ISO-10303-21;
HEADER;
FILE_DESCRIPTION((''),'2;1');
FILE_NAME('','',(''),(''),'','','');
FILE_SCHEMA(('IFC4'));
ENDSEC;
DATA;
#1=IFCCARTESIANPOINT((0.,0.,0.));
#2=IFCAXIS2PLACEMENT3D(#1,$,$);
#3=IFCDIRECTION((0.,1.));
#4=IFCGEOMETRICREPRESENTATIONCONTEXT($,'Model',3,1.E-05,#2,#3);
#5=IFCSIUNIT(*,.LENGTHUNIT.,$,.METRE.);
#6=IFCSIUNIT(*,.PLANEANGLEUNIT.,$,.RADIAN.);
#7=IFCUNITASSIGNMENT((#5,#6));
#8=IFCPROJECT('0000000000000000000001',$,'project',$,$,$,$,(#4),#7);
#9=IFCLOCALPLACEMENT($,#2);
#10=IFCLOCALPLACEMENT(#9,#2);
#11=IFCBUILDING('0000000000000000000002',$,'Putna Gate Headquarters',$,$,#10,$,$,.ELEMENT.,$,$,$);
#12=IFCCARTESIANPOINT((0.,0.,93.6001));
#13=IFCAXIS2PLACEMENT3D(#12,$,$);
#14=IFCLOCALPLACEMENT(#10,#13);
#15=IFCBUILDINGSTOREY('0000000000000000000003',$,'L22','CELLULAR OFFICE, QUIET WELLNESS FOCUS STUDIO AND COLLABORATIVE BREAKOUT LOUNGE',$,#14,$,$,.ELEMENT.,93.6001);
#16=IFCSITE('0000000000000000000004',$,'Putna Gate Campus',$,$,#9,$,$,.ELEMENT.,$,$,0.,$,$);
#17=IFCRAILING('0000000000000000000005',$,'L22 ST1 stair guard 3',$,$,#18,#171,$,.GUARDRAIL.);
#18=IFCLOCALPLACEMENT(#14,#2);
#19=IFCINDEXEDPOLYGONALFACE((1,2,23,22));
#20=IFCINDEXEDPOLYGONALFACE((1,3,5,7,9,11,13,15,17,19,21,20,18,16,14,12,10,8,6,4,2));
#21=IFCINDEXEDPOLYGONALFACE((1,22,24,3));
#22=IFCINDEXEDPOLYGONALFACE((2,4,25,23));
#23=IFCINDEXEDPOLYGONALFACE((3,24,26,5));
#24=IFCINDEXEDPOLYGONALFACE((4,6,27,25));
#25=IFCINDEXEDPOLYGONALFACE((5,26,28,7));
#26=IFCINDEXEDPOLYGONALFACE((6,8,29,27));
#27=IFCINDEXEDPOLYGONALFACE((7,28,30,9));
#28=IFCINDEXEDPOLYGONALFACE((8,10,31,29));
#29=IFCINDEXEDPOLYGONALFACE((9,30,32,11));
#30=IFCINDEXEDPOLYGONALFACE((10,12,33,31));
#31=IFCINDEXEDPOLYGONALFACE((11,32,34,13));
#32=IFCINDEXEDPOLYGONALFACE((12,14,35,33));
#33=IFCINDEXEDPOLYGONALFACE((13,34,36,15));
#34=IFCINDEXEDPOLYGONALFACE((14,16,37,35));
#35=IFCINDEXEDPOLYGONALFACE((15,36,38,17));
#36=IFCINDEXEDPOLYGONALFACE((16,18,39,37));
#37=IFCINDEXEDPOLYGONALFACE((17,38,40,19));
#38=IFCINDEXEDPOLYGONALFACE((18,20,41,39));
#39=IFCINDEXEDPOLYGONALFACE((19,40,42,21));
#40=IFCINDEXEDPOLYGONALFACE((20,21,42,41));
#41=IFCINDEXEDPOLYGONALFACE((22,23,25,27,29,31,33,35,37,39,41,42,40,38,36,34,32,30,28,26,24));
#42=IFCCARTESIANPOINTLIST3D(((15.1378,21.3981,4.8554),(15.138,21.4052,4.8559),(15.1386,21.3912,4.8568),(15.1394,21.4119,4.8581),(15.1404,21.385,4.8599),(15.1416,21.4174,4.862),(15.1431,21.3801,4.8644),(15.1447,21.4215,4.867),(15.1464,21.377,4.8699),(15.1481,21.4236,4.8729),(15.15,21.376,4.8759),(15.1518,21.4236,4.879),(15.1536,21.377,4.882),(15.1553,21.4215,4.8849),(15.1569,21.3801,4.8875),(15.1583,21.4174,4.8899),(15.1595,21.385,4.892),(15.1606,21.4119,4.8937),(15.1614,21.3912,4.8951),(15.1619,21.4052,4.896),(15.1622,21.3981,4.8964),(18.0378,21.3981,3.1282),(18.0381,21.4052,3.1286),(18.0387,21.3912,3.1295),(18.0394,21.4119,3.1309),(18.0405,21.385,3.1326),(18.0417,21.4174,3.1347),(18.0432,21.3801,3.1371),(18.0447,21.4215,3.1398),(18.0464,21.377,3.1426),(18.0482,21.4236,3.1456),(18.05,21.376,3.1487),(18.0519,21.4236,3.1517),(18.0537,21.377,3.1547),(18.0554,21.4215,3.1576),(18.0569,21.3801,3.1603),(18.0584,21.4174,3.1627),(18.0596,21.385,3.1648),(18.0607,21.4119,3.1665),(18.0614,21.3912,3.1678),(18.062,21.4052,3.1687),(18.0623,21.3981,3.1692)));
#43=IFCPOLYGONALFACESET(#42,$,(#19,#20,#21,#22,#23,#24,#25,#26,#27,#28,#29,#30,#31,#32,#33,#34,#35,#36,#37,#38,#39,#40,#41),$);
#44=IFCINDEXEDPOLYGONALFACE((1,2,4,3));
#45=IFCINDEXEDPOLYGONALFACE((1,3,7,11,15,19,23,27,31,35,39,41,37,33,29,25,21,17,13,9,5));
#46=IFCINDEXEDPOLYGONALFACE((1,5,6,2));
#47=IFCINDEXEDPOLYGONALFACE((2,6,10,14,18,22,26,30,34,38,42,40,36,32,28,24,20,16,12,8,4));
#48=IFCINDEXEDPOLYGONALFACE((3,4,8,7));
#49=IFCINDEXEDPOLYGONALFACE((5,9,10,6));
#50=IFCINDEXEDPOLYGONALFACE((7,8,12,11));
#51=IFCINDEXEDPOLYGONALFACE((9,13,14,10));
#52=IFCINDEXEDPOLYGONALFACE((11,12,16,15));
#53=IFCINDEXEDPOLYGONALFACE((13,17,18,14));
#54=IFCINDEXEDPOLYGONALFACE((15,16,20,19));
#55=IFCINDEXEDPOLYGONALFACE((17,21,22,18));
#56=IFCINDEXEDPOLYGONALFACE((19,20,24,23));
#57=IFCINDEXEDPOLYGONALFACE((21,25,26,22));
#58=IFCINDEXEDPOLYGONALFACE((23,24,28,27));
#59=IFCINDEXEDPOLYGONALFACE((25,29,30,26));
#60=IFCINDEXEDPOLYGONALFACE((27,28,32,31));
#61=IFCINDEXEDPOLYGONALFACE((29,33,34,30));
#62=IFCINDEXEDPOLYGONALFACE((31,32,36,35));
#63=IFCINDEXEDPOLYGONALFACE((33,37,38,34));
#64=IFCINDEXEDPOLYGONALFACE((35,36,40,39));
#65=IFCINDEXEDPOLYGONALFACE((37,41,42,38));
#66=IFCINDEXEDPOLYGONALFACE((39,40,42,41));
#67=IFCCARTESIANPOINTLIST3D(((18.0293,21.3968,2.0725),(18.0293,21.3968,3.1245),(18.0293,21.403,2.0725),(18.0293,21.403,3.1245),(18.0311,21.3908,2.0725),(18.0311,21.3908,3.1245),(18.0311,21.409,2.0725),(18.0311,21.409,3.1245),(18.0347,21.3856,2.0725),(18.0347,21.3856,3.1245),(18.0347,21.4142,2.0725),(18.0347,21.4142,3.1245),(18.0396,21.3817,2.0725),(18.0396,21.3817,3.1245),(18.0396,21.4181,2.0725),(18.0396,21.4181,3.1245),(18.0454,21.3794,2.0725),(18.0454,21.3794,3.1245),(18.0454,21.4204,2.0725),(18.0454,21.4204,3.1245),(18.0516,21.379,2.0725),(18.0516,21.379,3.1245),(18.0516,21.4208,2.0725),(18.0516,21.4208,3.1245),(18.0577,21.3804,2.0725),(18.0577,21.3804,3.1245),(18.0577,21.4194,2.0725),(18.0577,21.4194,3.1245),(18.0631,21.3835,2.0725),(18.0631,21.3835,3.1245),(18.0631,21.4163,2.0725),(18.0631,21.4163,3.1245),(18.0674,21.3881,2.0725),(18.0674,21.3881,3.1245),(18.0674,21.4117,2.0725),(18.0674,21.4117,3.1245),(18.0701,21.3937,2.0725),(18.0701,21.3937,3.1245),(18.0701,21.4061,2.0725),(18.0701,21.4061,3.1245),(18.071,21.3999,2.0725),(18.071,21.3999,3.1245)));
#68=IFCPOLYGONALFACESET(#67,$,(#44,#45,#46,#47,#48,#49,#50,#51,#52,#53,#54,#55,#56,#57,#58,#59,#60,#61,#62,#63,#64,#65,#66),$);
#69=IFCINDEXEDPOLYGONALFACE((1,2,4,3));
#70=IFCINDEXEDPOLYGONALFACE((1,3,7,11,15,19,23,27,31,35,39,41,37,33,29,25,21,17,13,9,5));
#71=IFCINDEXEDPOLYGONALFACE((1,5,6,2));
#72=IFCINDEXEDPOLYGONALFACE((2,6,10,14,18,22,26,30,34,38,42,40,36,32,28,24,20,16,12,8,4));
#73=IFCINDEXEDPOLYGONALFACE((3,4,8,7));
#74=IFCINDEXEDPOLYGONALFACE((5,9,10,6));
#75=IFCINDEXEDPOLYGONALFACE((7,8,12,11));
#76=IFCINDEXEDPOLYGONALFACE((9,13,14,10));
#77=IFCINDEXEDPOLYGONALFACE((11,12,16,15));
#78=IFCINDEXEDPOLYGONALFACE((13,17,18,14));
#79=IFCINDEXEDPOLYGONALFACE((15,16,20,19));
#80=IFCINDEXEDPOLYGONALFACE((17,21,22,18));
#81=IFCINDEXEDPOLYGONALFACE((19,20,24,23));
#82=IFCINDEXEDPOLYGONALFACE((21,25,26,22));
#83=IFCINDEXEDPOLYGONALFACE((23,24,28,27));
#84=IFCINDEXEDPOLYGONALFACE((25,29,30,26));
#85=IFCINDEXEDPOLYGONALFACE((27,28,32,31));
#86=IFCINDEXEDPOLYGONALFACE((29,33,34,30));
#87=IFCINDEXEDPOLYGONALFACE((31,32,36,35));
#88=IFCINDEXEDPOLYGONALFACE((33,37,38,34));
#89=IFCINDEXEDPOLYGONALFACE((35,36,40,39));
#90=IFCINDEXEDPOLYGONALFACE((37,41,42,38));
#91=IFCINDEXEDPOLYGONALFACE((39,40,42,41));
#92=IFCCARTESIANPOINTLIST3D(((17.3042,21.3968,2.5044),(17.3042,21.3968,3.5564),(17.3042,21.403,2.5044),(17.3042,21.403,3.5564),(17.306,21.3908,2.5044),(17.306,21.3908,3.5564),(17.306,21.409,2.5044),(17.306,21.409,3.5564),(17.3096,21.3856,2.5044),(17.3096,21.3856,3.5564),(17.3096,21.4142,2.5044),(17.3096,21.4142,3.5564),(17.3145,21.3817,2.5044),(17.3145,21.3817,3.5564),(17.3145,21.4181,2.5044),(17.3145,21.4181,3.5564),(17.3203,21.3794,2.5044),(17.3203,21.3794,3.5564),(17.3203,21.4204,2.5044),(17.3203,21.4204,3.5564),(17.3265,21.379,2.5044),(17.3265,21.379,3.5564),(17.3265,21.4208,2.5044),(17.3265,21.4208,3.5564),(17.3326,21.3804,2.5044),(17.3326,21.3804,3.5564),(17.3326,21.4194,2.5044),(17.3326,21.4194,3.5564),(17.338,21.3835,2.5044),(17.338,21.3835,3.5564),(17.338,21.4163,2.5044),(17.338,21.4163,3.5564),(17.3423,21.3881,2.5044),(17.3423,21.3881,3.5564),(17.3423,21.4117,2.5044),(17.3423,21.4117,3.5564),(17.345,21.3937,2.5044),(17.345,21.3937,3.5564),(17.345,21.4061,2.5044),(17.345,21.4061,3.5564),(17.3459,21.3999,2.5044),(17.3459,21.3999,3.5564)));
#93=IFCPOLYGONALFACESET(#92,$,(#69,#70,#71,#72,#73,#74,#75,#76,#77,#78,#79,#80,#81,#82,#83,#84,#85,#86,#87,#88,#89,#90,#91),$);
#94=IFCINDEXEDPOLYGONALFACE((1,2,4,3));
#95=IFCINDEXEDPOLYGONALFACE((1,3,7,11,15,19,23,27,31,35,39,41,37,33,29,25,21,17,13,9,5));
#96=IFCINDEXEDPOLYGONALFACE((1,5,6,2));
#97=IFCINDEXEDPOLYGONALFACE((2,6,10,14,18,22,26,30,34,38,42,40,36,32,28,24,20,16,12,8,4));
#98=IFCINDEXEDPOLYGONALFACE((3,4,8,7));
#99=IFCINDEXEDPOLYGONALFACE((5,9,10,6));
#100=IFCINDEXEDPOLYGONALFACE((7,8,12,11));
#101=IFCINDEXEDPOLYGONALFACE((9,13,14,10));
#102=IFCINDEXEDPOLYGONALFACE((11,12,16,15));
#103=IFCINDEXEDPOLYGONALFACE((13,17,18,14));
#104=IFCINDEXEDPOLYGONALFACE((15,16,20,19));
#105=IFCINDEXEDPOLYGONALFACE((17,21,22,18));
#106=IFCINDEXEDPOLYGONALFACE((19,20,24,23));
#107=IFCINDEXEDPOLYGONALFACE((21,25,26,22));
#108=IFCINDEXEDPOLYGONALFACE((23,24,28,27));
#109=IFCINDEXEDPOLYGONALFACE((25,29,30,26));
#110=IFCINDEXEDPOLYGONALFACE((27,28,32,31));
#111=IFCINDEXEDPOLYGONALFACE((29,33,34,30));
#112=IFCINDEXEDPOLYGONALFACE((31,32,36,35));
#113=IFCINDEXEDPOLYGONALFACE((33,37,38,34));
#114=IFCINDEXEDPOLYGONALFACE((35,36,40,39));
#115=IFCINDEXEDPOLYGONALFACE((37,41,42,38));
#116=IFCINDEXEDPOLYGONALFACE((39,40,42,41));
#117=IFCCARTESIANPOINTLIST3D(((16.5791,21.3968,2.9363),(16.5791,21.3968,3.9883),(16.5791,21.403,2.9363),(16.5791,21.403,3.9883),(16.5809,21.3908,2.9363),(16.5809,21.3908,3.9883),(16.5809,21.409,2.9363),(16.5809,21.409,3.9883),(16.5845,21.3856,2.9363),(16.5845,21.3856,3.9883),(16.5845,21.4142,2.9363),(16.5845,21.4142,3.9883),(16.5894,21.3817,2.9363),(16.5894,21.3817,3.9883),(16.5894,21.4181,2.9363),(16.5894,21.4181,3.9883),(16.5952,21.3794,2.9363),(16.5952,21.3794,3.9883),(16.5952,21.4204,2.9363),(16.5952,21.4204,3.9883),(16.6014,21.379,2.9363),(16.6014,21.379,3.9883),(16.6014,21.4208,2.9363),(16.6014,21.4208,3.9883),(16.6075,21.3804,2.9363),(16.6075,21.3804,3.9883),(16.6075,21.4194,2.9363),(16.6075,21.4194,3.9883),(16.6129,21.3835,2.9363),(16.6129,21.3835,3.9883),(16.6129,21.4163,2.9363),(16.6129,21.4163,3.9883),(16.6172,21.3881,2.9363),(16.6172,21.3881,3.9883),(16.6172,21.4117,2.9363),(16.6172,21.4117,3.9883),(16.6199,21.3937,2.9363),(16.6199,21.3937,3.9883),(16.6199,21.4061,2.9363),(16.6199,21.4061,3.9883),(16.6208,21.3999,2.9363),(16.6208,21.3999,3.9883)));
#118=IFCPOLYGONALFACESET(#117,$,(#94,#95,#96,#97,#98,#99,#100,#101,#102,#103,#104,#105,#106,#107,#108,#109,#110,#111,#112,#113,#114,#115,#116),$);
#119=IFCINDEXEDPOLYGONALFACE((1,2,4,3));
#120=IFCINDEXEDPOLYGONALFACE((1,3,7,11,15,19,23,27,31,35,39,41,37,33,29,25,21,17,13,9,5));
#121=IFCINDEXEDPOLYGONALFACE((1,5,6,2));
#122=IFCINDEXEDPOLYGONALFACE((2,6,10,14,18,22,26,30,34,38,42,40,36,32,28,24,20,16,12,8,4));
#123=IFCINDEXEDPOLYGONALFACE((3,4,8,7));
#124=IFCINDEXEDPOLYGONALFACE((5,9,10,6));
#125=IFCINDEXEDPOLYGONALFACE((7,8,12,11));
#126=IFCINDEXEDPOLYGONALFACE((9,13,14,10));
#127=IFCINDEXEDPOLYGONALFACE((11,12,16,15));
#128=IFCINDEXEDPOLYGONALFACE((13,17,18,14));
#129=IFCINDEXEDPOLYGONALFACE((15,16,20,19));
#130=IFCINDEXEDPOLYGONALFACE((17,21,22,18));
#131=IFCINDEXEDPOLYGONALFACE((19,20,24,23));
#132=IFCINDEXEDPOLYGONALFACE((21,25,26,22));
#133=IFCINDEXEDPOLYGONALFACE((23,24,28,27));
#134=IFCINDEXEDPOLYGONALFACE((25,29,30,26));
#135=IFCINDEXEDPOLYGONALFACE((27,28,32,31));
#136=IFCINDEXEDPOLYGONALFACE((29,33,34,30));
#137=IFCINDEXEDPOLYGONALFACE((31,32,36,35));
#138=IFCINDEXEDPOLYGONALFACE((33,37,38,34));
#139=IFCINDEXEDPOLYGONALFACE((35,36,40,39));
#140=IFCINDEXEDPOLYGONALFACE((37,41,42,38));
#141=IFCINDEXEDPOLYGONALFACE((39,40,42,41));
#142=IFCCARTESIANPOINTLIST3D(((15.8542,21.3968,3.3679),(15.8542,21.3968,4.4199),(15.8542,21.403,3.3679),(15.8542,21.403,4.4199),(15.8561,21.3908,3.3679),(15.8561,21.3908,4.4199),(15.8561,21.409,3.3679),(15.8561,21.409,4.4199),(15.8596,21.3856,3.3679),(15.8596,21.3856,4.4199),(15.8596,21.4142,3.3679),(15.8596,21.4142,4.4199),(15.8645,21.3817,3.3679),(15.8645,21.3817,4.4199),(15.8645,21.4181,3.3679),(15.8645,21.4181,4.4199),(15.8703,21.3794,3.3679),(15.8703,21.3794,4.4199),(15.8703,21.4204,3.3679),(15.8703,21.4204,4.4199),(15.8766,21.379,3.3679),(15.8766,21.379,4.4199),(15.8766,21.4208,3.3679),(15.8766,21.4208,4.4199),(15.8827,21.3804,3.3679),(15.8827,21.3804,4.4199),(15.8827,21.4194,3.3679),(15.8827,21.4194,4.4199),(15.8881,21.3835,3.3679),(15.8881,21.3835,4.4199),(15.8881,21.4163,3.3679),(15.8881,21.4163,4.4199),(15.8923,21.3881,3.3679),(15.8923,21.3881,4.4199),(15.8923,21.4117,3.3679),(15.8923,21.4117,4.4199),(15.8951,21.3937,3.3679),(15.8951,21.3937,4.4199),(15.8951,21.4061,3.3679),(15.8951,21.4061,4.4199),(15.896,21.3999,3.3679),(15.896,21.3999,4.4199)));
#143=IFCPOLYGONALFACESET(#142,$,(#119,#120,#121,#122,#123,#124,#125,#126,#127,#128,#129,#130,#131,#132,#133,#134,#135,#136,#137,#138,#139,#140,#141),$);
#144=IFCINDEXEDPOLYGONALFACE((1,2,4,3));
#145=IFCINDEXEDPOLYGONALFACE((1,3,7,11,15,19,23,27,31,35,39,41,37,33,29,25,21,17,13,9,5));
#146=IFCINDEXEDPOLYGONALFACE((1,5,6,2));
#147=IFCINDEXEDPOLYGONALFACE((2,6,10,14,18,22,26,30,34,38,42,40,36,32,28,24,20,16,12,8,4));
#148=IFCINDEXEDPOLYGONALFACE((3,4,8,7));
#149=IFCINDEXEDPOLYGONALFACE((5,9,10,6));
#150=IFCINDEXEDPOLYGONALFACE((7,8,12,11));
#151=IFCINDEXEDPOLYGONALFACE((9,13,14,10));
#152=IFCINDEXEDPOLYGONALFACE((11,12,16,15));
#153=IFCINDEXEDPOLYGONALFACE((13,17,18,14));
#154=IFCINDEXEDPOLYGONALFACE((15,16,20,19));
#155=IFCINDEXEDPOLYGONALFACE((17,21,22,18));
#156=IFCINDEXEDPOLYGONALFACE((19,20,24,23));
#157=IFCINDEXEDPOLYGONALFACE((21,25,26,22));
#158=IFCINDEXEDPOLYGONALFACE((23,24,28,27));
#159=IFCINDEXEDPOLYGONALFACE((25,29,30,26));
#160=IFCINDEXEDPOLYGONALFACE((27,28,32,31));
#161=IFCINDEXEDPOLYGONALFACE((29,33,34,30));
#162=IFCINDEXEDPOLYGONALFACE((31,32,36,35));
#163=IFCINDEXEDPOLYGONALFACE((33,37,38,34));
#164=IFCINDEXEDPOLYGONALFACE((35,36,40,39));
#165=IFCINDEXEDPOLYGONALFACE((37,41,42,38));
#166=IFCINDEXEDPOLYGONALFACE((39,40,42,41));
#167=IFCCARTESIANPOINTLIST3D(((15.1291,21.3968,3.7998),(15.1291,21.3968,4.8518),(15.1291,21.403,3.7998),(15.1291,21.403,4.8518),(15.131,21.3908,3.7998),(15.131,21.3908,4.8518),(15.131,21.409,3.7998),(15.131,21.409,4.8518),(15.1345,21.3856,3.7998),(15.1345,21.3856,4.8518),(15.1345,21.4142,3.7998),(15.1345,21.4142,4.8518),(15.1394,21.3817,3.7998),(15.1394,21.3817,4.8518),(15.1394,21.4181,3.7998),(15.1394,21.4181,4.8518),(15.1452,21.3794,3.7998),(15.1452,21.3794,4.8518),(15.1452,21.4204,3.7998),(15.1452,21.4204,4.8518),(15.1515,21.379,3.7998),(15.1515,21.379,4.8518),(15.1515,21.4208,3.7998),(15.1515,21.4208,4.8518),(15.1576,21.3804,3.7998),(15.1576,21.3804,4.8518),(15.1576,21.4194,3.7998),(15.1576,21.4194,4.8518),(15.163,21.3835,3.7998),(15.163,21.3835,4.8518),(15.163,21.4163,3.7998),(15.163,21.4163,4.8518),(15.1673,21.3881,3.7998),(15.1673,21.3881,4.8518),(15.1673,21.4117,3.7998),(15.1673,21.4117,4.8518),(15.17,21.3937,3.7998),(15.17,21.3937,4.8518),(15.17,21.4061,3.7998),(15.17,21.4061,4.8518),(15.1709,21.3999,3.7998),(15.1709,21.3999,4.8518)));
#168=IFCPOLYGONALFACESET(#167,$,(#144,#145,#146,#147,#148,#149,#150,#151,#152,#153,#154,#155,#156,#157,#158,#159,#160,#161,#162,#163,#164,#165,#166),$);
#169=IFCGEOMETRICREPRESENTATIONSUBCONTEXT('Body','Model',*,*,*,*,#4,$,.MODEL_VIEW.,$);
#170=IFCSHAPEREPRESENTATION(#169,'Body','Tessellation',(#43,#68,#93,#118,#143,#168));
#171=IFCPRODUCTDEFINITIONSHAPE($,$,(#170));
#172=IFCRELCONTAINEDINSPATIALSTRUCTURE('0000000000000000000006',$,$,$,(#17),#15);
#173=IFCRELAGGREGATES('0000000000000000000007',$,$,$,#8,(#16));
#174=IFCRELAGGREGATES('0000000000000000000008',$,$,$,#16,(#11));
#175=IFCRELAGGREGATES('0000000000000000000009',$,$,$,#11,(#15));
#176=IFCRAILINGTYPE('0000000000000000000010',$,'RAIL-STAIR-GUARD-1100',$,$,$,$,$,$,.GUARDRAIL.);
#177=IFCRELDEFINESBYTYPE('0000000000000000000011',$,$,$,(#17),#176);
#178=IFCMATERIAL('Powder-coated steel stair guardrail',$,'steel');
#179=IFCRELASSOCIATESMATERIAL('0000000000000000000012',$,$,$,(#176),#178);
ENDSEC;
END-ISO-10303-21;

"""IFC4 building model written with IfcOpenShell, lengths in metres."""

from ifc_helpers import new_model, si_unit, direction, frame, origin, origin_2d, place, context, subcontext, project, spatial, circle, extrude, material, type_object, element, save


model = new_model("IFC4")

# Units and contexts
model_context = context("Model", 3, precision=1e-05, world=origin(), true_north=direction((0.0, 1.0)))
body_context = subcontext(model_context, "Body", "Model", "MODEL_VIEW")
ifc_project = project(units=[si_unit("LENGTHUNIT", "METRE"), si_unit("PLANEANGLEUNIT", "RADIAN")], contexts=[model_context])

# Site, building, storey
site_placement = place(None, origin())
site = spatial("IfcSite", under=ifc_project, at=site_placement, Name="Putna Gate Campus", CompositionType="ELEMENT", RefElevation=0.0)
building_placement = place(site_placement, origin())
building = spatial("IfcBuilding", under=site, at=building_placement, Name="Putna Gate Headquarters", CompositionType="ELEMENT")
storey_placement = place(building_placement, frame((0.0, 0.0, 93.6001)))
storey = spatial("IfcBuildingStorey", under=building, at=storey_placement, Name="L22", Description="CELLULAR OFFICE, QUIET WELLNESS FOCUS STUDIO AND COLLABORATIVE BREAKOUT LOUNGE", CompositionType="ELEMENT", Elevation=93.6001)

# Railing
ifc_material_1 = material(Name="Powder-coated steel stair guardrail", Category="steel")
railing_type_1 = type_object("IfcRailingType", Name="RAIL-STAIR-GUARD-1100", PredefinedType="GUARDRAIL", material=ifc_material_1)
railing_1_placement = place(storey_placement, frame((18.05, 21.3999, 2.0725)))
element("IfcRailing", 1, at=railing_1_placement, inside=storey, type_object=railing_type_1, Name="L22 ST1 stair guard 3", PredefinedType="GUARDRAIL", context=body_context, shape_type="SweptSolid", body=[
    extrude(circle(Radius=0.0239, at=origin_2d()), frame((0.0, 0.0, 1.0762), z_axis=(-0.85916, 0.0, 0.511706), x_axis=(0.0, -1.0, 0.0)), (0.0, 0.0, 1.0), 3.3755),
    extrude(circle(Radius=0.021, at=origin_2d()), origin(), (0.0, 0.0, 1.0), 1.052),
    extrude(circle(Radius=0.021, at=origin_2d()), frame((-0.7251, 0.0, 0.4319)), (0.0, 0.0, 1.0), 1.052),
    extrude(circle(Radius=0.021, at=origin_2d()), frame((-1.4502, 0.0, 0.8638)), (0.0, 0.0, 1.0), 1.052),
    extrude(circle(Radius=0.021, at=origin_2d()), frame((-2.175, 0.0, 1.2954)), (0.0, 0.0, 1.0), 1.052),
    extrude(circle(Radius=0.021, at=origin_2d()), frame((-2.9001, 0.0, 1.7273)), (0.0, 0.0, 1.0), 1.052),
])

save(model, "model.ifc")
